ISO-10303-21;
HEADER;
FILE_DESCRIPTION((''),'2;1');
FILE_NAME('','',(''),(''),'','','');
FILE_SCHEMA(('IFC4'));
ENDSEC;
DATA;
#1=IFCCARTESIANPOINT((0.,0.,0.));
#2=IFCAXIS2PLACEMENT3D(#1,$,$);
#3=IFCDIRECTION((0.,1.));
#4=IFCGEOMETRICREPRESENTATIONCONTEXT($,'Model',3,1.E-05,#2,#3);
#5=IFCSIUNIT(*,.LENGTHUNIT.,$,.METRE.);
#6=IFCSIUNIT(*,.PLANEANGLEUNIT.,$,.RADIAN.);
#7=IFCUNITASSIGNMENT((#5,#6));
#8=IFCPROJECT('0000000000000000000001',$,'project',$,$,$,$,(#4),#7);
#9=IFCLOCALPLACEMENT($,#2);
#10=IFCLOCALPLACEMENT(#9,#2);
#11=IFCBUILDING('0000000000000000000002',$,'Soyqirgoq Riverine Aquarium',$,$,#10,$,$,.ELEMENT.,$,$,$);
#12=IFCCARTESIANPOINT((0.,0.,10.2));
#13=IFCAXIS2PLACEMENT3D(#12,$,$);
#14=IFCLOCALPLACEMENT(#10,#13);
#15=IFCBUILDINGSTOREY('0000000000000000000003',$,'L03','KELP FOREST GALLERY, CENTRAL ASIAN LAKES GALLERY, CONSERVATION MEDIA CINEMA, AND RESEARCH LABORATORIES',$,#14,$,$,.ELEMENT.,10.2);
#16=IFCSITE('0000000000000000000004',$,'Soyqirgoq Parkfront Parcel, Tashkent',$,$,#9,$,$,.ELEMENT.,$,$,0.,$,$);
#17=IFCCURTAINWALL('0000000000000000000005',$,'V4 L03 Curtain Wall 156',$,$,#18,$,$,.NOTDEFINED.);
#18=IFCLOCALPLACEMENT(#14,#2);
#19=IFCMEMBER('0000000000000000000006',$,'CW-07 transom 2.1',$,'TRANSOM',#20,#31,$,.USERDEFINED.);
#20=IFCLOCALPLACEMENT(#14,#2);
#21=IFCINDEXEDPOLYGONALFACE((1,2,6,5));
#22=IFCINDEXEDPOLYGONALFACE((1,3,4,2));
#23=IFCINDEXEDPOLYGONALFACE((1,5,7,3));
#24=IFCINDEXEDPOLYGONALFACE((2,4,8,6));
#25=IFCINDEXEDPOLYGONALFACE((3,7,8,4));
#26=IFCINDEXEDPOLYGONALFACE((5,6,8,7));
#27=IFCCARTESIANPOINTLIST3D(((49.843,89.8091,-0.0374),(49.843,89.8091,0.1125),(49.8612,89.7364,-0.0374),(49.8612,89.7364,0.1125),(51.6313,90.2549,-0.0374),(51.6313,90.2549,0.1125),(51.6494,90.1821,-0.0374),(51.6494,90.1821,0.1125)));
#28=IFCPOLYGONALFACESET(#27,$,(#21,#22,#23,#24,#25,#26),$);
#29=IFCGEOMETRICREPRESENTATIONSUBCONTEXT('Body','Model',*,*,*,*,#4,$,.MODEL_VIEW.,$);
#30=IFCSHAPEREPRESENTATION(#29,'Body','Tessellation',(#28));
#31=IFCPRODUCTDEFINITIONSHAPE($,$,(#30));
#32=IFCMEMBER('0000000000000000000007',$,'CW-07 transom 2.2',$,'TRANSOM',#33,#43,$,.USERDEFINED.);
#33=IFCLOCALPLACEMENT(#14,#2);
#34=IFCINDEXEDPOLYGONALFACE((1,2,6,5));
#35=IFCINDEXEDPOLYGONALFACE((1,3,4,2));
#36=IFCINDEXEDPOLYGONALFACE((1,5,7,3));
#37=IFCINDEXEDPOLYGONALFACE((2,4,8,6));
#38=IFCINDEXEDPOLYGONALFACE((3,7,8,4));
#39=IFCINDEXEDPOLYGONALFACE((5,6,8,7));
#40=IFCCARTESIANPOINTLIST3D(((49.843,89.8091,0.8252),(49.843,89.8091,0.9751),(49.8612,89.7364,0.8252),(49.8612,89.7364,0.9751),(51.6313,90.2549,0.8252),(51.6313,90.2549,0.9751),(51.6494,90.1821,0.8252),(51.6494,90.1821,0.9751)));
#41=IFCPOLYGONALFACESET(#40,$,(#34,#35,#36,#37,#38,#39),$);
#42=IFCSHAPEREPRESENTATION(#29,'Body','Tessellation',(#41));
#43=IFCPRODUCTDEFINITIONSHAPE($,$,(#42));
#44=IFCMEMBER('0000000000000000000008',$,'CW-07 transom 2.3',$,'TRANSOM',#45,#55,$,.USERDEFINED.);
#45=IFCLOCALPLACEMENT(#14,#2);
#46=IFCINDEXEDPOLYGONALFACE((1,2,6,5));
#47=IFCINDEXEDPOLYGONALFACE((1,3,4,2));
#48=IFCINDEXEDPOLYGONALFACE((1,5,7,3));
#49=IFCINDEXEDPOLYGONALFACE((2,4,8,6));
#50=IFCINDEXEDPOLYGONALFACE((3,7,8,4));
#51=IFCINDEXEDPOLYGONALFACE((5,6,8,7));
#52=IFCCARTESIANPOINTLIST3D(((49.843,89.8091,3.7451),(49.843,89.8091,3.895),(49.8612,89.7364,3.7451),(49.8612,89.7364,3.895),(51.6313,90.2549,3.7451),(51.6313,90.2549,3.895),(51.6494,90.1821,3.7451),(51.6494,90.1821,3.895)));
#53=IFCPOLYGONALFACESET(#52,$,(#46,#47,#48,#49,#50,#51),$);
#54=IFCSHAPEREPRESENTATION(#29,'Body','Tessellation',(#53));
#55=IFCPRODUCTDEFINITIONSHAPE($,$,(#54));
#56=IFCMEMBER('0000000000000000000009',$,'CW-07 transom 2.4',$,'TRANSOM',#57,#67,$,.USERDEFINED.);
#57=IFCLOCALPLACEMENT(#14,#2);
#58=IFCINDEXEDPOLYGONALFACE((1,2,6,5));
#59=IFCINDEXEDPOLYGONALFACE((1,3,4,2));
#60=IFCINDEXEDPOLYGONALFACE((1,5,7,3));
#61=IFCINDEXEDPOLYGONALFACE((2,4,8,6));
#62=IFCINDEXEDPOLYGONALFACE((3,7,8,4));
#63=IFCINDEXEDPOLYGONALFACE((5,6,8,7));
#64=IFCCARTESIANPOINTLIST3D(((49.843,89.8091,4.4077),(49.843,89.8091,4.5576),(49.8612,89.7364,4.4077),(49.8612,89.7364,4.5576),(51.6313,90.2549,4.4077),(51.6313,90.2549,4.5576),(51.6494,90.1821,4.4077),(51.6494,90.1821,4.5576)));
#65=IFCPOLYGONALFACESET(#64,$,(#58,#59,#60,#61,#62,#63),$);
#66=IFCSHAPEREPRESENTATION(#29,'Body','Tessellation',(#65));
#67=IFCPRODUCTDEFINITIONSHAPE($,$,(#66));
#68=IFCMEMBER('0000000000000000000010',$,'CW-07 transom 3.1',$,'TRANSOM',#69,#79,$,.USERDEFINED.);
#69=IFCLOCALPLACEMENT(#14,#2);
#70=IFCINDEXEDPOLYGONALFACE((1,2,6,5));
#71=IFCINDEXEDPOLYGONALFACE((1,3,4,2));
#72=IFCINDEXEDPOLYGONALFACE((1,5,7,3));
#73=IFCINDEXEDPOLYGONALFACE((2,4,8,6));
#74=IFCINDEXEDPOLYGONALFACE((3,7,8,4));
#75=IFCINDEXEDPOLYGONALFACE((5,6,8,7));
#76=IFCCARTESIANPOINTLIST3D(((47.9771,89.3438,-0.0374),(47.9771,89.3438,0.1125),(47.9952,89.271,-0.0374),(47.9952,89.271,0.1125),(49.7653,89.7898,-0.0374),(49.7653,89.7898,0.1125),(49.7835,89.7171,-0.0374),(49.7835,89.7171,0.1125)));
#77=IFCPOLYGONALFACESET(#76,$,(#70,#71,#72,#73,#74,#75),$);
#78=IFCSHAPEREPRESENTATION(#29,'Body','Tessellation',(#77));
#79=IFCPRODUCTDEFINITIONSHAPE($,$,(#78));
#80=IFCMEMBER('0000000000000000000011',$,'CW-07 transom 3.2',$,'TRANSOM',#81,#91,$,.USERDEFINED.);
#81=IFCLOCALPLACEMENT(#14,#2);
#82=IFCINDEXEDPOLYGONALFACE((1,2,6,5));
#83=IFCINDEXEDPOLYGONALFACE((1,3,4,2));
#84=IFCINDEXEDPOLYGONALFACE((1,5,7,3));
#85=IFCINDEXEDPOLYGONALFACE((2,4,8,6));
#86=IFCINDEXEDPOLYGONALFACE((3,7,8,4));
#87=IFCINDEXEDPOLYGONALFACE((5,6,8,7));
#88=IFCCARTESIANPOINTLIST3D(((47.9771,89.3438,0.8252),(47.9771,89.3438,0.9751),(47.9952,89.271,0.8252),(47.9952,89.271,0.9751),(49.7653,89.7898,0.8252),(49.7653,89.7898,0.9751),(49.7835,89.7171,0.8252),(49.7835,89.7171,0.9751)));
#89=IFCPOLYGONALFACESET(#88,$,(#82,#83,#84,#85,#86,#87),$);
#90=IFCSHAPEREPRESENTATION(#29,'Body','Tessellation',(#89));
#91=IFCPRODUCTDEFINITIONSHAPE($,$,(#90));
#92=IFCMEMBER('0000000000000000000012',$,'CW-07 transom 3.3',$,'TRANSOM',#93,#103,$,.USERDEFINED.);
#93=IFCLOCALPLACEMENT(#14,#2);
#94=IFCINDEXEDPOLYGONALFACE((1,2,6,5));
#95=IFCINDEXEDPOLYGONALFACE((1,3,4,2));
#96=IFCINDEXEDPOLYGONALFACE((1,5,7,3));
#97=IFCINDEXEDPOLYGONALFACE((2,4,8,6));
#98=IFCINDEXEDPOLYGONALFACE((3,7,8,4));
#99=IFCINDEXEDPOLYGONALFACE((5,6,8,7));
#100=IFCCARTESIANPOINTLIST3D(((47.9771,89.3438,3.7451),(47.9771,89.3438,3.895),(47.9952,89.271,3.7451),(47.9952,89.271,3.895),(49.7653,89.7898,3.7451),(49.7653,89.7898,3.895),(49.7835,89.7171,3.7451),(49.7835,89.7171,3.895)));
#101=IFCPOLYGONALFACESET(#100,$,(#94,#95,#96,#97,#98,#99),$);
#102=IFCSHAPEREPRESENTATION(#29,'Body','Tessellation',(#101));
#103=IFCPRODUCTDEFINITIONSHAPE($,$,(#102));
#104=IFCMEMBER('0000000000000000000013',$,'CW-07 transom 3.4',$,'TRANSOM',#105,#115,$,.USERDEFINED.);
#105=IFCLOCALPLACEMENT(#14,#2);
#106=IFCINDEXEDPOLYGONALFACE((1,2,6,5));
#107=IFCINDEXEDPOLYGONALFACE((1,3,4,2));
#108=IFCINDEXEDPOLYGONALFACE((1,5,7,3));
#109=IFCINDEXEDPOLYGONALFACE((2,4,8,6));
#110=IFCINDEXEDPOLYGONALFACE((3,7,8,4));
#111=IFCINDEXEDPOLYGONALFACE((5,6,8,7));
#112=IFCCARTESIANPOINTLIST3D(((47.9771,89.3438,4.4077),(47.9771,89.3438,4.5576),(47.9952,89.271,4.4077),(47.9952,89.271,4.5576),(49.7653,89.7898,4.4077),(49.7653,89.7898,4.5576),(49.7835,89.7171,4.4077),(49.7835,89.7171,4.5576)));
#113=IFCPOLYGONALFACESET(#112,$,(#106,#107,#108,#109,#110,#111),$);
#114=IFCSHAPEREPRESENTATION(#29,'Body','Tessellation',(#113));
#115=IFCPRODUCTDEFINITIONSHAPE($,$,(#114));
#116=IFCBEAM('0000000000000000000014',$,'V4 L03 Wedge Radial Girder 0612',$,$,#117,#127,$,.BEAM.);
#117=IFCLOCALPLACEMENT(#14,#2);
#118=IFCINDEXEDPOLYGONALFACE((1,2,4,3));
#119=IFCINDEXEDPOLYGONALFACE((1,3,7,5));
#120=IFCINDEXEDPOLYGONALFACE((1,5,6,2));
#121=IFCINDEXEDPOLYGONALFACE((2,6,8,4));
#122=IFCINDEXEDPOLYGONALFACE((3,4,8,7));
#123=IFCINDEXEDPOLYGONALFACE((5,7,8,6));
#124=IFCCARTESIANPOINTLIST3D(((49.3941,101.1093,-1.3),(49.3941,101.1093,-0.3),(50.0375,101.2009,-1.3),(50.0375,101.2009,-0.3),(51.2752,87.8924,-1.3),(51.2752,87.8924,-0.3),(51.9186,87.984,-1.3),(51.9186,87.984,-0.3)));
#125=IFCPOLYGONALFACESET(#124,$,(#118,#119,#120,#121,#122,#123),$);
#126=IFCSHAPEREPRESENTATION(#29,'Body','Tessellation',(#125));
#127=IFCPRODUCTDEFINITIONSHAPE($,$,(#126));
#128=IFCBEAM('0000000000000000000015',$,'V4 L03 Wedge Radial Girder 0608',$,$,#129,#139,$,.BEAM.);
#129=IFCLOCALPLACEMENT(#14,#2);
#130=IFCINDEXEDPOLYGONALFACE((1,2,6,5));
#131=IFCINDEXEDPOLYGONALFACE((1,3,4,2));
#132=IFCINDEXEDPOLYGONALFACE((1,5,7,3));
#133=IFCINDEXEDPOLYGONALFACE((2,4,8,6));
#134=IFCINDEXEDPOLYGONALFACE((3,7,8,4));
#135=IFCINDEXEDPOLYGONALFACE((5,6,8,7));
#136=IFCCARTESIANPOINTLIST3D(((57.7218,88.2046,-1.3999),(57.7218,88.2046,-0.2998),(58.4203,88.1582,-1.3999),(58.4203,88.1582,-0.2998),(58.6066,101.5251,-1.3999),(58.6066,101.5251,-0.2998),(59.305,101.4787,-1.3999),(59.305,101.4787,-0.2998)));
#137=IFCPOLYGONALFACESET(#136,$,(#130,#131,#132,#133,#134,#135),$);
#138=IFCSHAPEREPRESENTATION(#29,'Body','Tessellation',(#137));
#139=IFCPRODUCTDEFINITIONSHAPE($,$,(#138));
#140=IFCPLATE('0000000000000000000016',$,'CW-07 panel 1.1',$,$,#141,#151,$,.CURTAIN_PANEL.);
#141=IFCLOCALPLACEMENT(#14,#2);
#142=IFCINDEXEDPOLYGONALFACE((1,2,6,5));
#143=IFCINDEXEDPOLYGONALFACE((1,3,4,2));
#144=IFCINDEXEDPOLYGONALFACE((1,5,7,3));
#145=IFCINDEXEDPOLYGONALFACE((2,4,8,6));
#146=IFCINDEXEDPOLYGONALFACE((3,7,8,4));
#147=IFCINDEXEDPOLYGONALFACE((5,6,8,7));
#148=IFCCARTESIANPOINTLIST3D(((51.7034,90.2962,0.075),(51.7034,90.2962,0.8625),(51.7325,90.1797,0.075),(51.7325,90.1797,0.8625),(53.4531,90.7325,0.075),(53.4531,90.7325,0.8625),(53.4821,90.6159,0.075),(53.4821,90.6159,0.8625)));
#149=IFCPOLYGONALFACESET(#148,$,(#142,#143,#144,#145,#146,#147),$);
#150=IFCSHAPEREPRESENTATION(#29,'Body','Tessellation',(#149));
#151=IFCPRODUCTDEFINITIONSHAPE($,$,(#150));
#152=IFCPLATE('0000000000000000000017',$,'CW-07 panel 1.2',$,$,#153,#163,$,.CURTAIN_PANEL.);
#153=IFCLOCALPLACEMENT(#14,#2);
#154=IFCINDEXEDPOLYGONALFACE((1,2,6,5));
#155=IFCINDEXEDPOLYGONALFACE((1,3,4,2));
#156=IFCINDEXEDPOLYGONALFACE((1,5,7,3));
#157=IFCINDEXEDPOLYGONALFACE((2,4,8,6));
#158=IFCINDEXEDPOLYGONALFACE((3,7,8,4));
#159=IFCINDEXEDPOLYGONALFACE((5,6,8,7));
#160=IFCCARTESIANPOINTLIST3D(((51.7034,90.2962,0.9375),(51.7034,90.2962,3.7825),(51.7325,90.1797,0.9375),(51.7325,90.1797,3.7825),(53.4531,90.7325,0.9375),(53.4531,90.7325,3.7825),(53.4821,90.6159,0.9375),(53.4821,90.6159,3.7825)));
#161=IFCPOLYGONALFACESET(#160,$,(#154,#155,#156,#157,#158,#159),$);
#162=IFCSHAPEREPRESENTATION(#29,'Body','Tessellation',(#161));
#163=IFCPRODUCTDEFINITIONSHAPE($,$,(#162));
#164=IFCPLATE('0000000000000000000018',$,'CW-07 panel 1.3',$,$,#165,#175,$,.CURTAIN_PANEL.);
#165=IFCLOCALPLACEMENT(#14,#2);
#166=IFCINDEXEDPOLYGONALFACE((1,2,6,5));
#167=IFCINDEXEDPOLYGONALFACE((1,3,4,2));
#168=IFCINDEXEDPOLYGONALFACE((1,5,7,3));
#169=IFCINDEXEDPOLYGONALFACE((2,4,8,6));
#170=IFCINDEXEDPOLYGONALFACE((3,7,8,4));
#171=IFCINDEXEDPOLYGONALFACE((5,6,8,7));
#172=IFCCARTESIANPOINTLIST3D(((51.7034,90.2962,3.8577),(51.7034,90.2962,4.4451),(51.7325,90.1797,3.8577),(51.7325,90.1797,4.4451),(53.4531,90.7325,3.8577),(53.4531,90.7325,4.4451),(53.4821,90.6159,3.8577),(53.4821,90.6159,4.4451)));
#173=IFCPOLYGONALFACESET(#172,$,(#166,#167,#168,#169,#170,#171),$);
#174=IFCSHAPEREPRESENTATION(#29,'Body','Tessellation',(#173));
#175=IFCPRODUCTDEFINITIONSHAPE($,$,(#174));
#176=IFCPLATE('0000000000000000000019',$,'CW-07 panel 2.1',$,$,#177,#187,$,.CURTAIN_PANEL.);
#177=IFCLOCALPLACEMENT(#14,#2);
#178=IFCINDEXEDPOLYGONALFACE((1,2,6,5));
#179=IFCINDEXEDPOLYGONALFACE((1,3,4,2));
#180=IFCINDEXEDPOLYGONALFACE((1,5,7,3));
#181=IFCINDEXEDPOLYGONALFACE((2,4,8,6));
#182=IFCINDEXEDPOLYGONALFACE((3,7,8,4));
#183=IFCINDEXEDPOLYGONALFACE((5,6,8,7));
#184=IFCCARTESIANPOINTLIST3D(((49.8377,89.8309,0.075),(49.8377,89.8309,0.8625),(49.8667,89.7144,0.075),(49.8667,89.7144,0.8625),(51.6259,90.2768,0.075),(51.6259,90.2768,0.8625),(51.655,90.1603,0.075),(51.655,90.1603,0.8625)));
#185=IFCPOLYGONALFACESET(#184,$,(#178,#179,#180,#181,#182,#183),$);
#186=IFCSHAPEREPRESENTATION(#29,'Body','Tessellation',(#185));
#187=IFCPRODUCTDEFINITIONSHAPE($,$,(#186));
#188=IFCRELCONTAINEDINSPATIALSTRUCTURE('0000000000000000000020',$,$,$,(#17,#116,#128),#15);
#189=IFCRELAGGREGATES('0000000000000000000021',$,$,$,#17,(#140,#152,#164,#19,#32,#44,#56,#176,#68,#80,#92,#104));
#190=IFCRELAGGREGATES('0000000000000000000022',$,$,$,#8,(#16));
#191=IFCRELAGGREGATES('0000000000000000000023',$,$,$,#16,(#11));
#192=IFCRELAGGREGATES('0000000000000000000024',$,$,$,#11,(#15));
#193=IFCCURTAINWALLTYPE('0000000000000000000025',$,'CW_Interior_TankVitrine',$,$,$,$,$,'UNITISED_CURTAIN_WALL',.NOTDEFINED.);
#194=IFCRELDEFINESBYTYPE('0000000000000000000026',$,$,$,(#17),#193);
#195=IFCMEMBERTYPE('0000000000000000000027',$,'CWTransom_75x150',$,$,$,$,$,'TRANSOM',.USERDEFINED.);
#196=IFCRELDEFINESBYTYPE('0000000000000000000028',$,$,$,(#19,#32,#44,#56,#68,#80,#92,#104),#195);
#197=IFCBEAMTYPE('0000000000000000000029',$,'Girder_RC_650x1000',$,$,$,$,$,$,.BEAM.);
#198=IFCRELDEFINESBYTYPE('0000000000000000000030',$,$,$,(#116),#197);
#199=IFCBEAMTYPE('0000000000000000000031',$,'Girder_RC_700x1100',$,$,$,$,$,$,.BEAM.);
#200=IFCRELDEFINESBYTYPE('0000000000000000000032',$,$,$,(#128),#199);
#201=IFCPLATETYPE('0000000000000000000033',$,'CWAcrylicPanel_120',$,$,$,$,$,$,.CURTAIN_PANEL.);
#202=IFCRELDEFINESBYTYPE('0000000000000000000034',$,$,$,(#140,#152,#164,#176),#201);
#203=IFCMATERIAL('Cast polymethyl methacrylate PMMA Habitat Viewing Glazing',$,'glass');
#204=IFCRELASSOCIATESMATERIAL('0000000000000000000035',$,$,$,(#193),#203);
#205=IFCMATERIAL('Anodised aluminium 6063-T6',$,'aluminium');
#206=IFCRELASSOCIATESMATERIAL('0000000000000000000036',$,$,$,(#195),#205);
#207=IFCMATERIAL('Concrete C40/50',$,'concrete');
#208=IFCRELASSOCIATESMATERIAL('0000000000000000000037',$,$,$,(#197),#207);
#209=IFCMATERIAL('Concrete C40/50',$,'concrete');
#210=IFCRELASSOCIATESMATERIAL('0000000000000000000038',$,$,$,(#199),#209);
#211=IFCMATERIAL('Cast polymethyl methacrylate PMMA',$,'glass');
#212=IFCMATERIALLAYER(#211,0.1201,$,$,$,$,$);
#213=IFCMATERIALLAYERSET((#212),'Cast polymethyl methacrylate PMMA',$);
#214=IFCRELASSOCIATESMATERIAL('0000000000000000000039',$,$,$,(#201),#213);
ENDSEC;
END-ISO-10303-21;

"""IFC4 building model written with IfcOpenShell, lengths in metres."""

from ifc_helpers import new_model, si_unit, direction, frame, origin, origin_2d, place, context, subcontext, project, spatial, rectangle, extrude, material, layer, layer_set, material_profile, profile_set, type_object, element, aggregate, save


model = new_model("IFC4")

# Units and contexts
model_context = context("Model", 3, precision=1e-05, world=origin(), true_north=direction((0.0, 1.0)))
body_context = subcontext(model_context, "Body", "Model", "MODEL_VIEW")
ifc_project = project(units=[si_unit("LENGTHUNIT", "METRE"), si_unit("PLANEANGLEUNIT", "RADIAN")], contexts=[model_context])

# Site, building, storey
site_placement = place(None, origin())
site = spatial("IfcSite", under=ifc_project, at=site_placement, Name="Soyqirgoq Parkfront Parcel, Tashkent", CompositionType="ELEMENT", RefElevation=0.0)
building_placement = place(site_placement, origin())
building = spatial("IfcBuilding", under=site, at=building_placement, Name="Soyqirgoq Riverine Aquarium", CompositionType="ELEMENT")
storey_placement = place(building_placement, frame((0.0, 0.0, 10.2)))
storey = spatial("IfcBuildingStorey", under=building, at=storey_placement, Name="L03", Description="KELP FOREST GALLERY, CENTRAL ASIAN LAKES GALLERY, CONSERVATION MEDIA CINEMA, AND RESEARCH LABORATORIES", CompositionType="ELEMENT", Elevation=10.2)

# Curtain wall, members
ifc_material_1 = material(Name="Cast polymethyl methacrylate PMMA Habitat Viewing Glazing", Category="glass")
curtain_wall_type = type_object("IfcCurtainWallType", Name="CW_Interior_TankVitrine", ElementType="UNITISED_CURTAIN_WALL", PredefinedType="NOTDEFINED", material=ifc_material_1)
curtain_wall_placement = place(storey_placement, origin())
curtain_wall = element("IfcCurtainWall", 1, at=curtain_wall_placement, inside=storey, type_object=curtain_wall_type, Name="V4 L03 Curtain Wall 156", PredefinedType="NOTDEFINED")
ifc_material_2 = material(Name="Anodised aluminium 6063-T6", Category="aluminium")
ifc_material_profile_1 = material_profile(ifc_material_2, rectangle(XDim=0.075, YDim=0.1499, at=origin_2d()), Name="ALU-T 75x150")
ifc_profile_set_1 = profile_set([ifc_material_profile_1], Name="Anodised aluminium 6063-T6")
member_type_1 = type_object("IfcMemberType", Name="CWTransom_75x150", ElementType="TRANSOM", PredefinedType="USERDEFINED", material=ifc_profile_set_1)
member_1_placement = place(storey_placement, frame((51.6404, 90.2185, 0.0376), z_axis=(-0.970306, -0.241881, 0.0), x_axis=(0.241881, -0.970306, 0.0)))
member_1 = element("IfcMember", 2, at=member_1_placement, type_object=member_type_1, Name="CW-07 transom 2.1", ObjectType="TRANSOM", PredefinedType="USERDEFINED", context=body_context, shape_type="SweptSolid", body=[
    extrude(rectangle(XDim=0.075, YDim=0.1499, at=origin_2d()), origin(), (0.0, 0.0, 1.0), 1.843),
])
member_2_placement = place(storey_placement, frame((51.6404, 90.2185, 0.9001), z_axis=(-0.970306, -0.241881, 0.0), x_axis=(0.241881, -0.970306, 0.0)))
member_2 = element("IfcMember", 3, at=member_2_placement, type_object=member_type_1, Name="CW-07 transom 2.2", ObjectType="TRANSOM", PredefinedType="USERDEFINED", context=body_context, shape_type="SweptSolid", body=[
    extrude(rectangle(XDim=0.075, YDim=0.1499, at=origin_2d()), origin(), (0.0, 0.0, 1.0), 1.843),
])
member_3_placement = place(storey_placement, frame((51.6404, 90.2185, 3.8201), z_axis=(-0.970306, -0.241881, 0.0), x_axis=(0.241881, -0.970306, 0.0)))
member_3 = element("IfcMember", 4, at=member_3_placement, type_object=member_type_1, Name="CW-07 transom 2.3", ObjectType="TRANSOM", PredefinedType="USERDEFINED", context=body_context, shape_type="SweptSolid", body=[
    extrude(rectangle(XDim=0.075, YDim=0.1499, at=origin_2d()), origin(), (0.0, 0.0, 1.0), 1.843),
])
member_4_placement = place(storey_placement, frame((51.6404, 90.2185, 4.4827), z_axis=(-0.970306, -0.241881, 0.0), x_axis=(0.241881, -0.970306, 0.0)))
member_4 = element("IfcMember", 5, at=member_4_placement, type_object=member_type_1, Name="CW-07 transom 2.4", ObjectType="TRANSOM", PredefinedType="USERDEFINED", context=body_context, shape_type="SweptSolid", body=[
    extrude(rectangle(XDim=0.075, YDim=0.1499, at=origin_2d()), origin(), (0.0, 0.0, 1.0), 1.843),
])
member_5_placement = place(storey_placement, frame((49.7744, 89.7534, 0.0376), z_axis=(-0.970275, -0.242006, 0.0), x_axis=(0.242006, -0.970275, 0.0)))
member_5 = element("IfcMember", 6, at=member_5_placement, type_object=member_type_1, Name="CW-07 transom 3.1", ObjectType="TRANSOM", PredefinedType="USERDEFINED", context=body_context, shape_type="SweptSolid", body=[
    extrude(rectangle(XDim=0.075, YDim=0.1499, at=origin_2d()), origin(), (0.0, 0.0, 1.0), 1.843),
])
member_6_placement = place(storey_placement, frame((49.7744, 89.7534, 0.9001), z_axis=(-0.970275, -0.242006, 0.0), x_axis=(0.242006, -0.970275, 0.0)))
member_6 = element("IfcMember", 7, at=member_6_placement, type_object=member_type_1, Name="CW-07 transom 3.2", ObjectType="TRANSOM", PredefinedType="USERDEFINED", context=body_context, shape_type="SweptSolid", body=[
    extrude(rectangle(XDim=0.075, YDim=0.1499, at=origin_2d()), origin(), (0.0, 0.0, 1.0), 1.843),
])
member_7_placement = place(storey_placement, frame((49.7744, 89.7534, 3.8201), z_axis=(-0.970275, -0.242006, 0.0), x_axis=(0.242006, -0.970275, 0.0)))
member_7 = element("IfcMember", 8, at=member_7_placement, type_object=member_type_1, Name="CW-07 transom 3.3", ObjectType="TRANSOM", PredefinedType="USERDEFINED", context=body_context, shape_type="SweptSolid", body=[
    extrude(rectangle(XDim=0.075, YDim=0.1499, at=origin_2d()), origin(), (0.0, 0.0, 1.0), 1.843),
])
member_8_placement = place(storey_placement, frame((49.7744, 89.7534, 4.4827), z_axis=(-0.970275, -0.242006, 0.0), x_axis=(0.242006, -0.970275, 0.0)))
member_8 = element("IfcMember", 9, at=member_8_placement, type_object=member_type_1, Name="CW-07 transom 3.4", ObjectType="TRANSOM", PredefinedType="USERDEFINED", context=body_context, shape_type="SweptSolid", body=[
    extrude(rectangle(XDim=0.075, YDim=0.1499, at=origin_2d()), origin(), (0.0, 0.0, 1.0), 1.843),
])

# Beams
ifc_material_3 = material(Name="Concrete C40/50", Category="concrete")
ifc_material_profile_2 = material_profile(ifc_material_3, rectangle(XDim=0.6499, YDim=1.0, at=origin_2d()), Name="RC 650x1000")
ifc_profile_set_2 = profile_set([ifc_material_profile_2], Name="Concrete C40/50")
beam_type_1 = type_object("IfcBeamType", Name="Girder_RC_650x1000", PredefinedType="BEAM", material=ifc_profile_set_2)
beam_1_placement = place(storey_placement, frame((51.5969, 87.9382, -0.8), z_axis=(-0.140907, 0.990023, 0.0), x_axis=(-0.990023, -0.140907, 0.0)))
element("IfcBeam", 10, at=beam_1_placement, inside=storey, type_object=beam_type_1, Name="V4 L03 Wedge Radial Girder 0612", PredefinedType="BEAM", context=body_context, shape_type="SweptSolid", body=[
    extrude(rectangle(XDim=0.6499, YDim=1.0, at=origin_2d()), origin(), (0.0, 0.0, 1.0), 13.3501),
])
ifc_material_4 = material(Name="Concrete C40/50", Category="concrete")
ifc_material_profile_3 = material_profile(ifc_material_4, rectangle(XDim=0.7, YDim=1.1001, at=origin_2d()), Name="RC 700x1100")
ifc_profile_set_3 = profile_set([ifc_material_profile_3], Name="Concrete C40/50")
beam_type_2 = type_object("IfcBeamType", Name="Girder_RC_700x1100", PredefinedType="BEAM", material=ifc_profile_set_3)
beam_2_placement = place(storey_placement, frame((58.071, 88.1814, -0.8499), z_axis=(0.066275, 0.997801, 0.0), x_axis=(-0.997801, 0.066275, 0.0)))
element("IfcBeam", 11, at=beam_2_placement, inside=storey, type_object=beam_type_2, Name="V4 L03 Wedge Radial Girder 0608", PredefinedType="BEAM", context=body_context, shape_type="SweptSolid", body=[
    extrude(rectangle(XDim=0.7, YDim=1.1001, at=origin_2d()), origin(), (0.0, 0.0, 1.0), 13.3499),
])

# Plates
ifc_material_5 = material(Name="Cast polymethyl methacrylate PMMA", Category="glass")
ifc_layer_1 = layer(ifc_material_5, 0.1201)
ifc_layer_set_1 = layer_set([ifc_layer_1], Name="Cast polymethyl methacrylate PMMA")
plate_type = type_object("IfcPlateType", Name="CWAcrylicPanel_120", PredefinedType="CURTAIN_PANEL", material=ifc_layer_set_1)
plate_1_placement = place(storey_placement, frame((52.5928, 90.4561, 0.075), z_axis=(0.0, 0.0, 1.0), x_axis=(-0.970295, -0.241926, 0.0)))
plate_1 = element("IfcPlate", 12, at=plate_1_placement, type_object=plate_type, Name="CW-07 panel 1.1", PredefinedType="CURTAIN_PANEL", context=body_context, shape_type="SweptSolid", body=[
    extrude(rectangle(XDim=1.8032, YDim=0.1201, at=origin_2d()), origin(), (0.0, 0.0, 1.0), 0.7876),
])
plate_2_placement = place(storey_placement, frame((52.5928, 90.4561, 0.9375), z_axis=(0.0, 0.0, 1.0), x_axis=(-0.970295, -0.241926, 0.0)))
plate_2 = element("IfcPlate", 13, at=plate_2_placement, type_object=plate_type, Name="CW-07 panel 1.2", PredefinedType="CURTAIN_PANEL", context=body_context, shape_type="SweptSolid", body=[
    extrude(rectangle(XDim=1.8032, YDim=0.1201, at=origin_2d()), origin(), (0.0, 0.0, 1.0), 2.845),
])
plate_3_placement = place(storey_placement, frame((52.5928, 90.4561, 3.8577), z_axis=(0.0, 0.0, 1.0), x_axis=(-0.970295, -0.241926, 0.0)))
plate_3 = element("IfcPlate", 14, at=plate_3_placement, type_object=plate_type, Name="CW-07 panel 1.3", PredefinedType="CURTAIN_PANEL", context=body_context, shape_type="SweptSolid", body=[
    extrude(rectangle(XDim=1.8032, YDim=0.1201, at=origin_2d()), origin(), (0.0, 0.0, 1.0), 0.5874),
])
plate_4_placement = place(storey_placement, frame((50.7463, 89.9956, 0.075), z_axis=(0.0, 0.0, 1.0), x_axis=(-0.970295, -0.241926, 0.0)))
plate_4 = element("IfcPlate", 15, at=plate_4_placement, type_object=plate_type, Name="CW-07 panel 2.1", PredefinedType="CURTAIN_PANEL", context=body_context, shape_type="SweptSolid", body=[
    extrude(rectangle(XDim=1.843, YDim=0.1201, at=origin_2d()), origin(), (0.0, 0.0, 1.0), 0.7876),
])
aggregate(curtain_wall, [plate_1, plate_2, plate_3, member_1, member_2, member_3, member_4, plate_4, member_5, member_6, member_7, member_8])

save(model, "model.ifc")
